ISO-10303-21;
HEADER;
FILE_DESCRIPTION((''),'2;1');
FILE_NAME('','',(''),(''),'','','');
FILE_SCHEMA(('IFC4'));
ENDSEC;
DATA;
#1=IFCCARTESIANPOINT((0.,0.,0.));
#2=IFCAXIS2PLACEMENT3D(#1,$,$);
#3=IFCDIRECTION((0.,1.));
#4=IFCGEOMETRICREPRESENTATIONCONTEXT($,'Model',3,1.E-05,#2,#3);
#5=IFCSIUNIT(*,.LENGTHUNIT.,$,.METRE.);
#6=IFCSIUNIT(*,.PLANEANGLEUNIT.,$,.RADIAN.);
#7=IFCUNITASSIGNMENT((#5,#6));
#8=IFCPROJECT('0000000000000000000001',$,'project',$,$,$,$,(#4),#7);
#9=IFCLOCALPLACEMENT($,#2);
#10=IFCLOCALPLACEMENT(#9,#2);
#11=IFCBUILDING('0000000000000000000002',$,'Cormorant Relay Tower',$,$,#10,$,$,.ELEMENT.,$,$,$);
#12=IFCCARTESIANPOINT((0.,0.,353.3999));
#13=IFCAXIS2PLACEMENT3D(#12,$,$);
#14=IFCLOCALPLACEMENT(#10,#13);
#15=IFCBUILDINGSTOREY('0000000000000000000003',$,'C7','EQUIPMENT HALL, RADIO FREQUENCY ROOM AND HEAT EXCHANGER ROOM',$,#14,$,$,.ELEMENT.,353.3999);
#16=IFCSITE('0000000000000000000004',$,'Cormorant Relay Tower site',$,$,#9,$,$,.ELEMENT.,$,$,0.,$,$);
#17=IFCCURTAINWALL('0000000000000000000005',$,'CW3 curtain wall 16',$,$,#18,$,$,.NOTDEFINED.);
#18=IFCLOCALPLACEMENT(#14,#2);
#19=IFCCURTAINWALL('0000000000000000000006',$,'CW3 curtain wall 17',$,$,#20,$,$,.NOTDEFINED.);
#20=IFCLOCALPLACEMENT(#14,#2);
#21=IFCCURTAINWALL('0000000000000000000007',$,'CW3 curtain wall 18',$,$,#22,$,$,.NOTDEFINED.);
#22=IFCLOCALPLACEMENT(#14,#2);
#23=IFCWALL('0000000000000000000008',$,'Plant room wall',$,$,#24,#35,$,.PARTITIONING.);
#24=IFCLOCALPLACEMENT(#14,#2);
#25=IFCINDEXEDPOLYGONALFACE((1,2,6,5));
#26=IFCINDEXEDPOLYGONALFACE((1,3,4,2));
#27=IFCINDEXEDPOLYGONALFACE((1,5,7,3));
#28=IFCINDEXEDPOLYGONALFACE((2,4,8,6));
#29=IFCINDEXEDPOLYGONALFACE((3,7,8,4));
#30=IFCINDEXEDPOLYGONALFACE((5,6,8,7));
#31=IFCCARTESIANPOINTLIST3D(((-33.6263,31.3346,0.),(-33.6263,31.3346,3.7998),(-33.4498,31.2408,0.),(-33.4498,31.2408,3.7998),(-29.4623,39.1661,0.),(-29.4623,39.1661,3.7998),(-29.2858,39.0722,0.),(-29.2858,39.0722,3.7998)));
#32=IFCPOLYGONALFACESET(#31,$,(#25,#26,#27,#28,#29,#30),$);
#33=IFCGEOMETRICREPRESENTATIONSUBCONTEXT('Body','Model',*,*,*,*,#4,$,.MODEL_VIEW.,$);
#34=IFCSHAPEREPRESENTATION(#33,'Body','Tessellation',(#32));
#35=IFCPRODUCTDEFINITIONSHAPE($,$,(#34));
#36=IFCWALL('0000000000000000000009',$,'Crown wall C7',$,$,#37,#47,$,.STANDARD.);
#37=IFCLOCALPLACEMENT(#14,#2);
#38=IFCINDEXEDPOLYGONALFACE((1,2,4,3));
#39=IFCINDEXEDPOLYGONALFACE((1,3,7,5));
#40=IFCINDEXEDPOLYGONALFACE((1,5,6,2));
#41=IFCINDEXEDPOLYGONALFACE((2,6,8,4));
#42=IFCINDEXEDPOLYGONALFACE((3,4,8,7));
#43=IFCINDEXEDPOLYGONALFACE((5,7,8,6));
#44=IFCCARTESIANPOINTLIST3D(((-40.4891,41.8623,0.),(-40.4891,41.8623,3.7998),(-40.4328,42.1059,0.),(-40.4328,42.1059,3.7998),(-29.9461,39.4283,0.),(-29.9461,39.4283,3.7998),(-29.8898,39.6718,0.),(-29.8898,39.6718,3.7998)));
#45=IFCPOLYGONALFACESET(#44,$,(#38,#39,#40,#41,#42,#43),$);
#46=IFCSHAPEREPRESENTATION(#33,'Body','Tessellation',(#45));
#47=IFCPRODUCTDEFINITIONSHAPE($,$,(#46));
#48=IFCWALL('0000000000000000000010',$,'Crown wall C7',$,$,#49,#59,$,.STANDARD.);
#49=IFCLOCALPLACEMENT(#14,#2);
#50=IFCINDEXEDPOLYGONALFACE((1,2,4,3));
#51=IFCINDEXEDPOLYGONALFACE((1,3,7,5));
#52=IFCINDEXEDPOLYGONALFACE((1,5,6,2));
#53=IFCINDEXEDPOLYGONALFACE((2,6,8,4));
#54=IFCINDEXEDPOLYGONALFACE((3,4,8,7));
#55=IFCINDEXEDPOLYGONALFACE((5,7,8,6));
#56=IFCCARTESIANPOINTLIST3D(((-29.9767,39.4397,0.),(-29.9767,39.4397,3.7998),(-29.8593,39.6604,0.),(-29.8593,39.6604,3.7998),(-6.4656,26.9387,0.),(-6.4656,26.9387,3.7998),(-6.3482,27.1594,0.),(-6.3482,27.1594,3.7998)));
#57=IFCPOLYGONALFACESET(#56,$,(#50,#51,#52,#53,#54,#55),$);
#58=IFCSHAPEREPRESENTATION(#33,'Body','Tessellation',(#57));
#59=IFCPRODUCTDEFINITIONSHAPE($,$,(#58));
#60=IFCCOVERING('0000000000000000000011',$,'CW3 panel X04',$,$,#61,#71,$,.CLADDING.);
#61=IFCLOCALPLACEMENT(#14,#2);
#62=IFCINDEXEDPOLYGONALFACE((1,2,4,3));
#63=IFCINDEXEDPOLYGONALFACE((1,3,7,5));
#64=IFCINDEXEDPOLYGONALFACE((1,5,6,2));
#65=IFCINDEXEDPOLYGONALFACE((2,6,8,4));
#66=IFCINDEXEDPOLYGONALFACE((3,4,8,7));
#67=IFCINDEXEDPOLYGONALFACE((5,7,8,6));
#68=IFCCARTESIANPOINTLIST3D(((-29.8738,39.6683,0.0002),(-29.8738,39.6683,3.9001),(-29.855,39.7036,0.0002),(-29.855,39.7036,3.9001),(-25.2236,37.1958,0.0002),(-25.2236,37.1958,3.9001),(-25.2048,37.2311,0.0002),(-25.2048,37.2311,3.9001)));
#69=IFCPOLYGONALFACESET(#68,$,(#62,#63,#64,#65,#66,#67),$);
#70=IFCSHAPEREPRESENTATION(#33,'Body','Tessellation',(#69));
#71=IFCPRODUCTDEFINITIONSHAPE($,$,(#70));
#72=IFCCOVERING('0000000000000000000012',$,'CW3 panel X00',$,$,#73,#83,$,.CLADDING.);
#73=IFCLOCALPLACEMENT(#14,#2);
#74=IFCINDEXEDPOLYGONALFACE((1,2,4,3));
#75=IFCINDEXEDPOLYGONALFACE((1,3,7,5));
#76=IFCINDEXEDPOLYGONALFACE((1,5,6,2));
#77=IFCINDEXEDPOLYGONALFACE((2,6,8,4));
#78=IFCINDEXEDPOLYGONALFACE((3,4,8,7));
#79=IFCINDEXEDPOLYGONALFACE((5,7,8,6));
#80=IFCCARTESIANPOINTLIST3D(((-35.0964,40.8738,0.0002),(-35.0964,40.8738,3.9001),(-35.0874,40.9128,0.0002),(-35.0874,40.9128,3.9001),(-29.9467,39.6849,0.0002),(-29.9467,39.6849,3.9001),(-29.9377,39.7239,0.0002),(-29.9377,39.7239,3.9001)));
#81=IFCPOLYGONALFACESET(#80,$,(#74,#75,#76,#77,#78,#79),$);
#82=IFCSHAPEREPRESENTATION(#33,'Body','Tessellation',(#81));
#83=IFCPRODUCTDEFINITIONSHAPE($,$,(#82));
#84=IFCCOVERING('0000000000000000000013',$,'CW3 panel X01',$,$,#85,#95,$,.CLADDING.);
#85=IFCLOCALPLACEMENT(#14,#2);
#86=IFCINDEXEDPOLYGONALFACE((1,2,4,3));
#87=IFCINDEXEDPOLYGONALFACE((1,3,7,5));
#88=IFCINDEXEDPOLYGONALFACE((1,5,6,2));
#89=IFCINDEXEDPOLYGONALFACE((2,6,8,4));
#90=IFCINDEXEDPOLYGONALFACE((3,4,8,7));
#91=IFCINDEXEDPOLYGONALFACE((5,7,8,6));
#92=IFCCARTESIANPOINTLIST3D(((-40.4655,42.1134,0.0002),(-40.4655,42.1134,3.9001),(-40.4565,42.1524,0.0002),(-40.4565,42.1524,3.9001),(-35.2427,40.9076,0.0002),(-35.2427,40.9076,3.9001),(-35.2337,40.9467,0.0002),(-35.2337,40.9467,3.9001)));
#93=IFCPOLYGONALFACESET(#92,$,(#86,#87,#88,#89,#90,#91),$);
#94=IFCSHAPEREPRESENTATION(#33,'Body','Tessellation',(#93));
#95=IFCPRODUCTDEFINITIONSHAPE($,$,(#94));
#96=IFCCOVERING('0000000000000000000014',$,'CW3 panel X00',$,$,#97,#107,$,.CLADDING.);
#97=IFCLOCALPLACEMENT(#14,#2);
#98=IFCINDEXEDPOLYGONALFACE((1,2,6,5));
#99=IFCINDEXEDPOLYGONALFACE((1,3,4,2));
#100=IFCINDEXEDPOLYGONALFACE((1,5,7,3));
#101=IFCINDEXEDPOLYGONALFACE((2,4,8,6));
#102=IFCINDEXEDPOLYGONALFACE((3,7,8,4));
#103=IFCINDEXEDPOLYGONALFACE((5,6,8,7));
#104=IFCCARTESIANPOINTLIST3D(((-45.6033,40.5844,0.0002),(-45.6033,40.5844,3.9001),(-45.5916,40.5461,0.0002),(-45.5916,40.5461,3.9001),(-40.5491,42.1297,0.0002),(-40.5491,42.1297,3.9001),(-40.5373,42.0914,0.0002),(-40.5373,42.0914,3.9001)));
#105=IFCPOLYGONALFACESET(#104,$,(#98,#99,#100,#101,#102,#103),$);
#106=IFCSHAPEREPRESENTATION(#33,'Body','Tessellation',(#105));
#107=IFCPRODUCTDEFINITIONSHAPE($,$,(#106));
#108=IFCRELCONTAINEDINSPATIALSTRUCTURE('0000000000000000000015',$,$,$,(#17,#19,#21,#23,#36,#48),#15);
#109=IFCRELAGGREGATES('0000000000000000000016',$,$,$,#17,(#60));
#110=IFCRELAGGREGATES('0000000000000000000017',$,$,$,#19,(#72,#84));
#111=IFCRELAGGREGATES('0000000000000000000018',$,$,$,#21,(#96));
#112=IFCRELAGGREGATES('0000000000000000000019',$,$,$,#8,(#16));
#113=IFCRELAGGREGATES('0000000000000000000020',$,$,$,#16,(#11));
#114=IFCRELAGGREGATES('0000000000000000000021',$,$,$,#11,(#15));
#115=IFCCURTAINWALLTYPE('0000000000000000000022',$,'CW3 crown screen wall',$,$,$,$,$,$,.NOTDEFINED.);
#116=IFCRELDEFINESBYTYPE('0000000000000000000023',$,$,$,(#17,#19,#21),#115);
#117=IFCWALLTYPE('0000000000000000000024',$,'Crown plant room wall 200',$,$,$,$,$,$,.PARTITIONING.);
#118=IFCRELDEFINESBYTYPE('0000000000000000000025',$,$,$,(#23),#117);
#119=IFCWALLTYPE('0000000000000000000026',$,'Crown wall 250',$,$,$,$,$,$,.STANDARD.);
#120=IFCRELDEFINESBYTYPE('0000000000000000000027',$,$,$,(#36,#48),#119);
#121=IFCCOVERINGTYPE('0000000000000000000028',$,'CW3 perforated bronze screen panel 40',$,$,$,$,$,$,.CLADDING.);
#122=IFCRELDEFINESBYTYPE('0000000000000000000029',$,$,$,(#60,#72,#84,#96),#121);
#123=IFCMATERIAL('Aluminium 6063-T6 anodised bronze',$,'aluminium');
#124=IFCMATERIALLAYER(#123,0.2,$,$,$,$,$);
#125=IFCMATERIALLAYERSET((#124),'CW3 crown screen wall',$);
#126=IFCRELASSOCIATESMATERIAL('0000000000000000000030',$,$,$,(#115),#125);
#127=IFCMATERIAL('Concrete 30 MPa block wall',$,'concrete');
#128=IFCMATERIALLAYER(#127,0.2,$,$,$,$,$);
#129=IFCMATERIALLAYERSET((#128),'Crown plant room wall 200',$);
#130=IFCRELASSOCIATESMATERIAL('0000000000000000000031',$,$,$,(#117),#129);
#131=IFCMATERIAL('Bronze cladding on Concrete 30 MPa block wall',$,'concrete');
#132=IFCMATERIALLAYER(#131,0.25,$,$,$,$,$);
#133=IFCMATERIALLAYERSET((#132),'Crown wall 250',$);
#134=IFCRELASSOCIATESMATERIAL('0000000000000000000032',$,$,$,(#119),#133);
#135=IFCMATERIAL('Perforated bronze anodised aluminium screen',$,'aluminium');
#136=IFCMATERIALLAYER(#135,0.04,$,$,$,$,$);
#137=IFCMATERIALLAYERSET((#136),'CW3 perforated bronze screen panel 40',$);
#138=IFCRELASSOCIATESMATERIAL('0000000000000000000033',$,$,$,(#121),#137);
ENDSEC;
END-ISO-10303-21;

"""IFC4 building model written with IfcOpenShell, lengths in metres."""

from ifc_helpers import new_model, si_unit, direction, frame, frame_2d, origin, origin_2d, place, context, subcontext, project, spatial, rectangle, extrude, material, layer, layer_set, type_object, element, aggregate, save


model = new_model("IFC4")

# Units and contexts
model_context = context("Model", 3, precision=1e-05, world=origin(), true_north=direction((0.0, 1.0)))
body_context = subcontext(model_context, "Body", "Model", "MODEL_VIEW")
ifc_project = project(units=[si_unit("LENGTHUNIT", "METRE"), si_unit("PLANEANGLEUNIT", "RADIAN")], contexts=[model_context])

# Site, building, storey
site_placement = place(None, origin())
site = spatial("IfcSite", under=ifc_project, at=site_placement, Name="Cormorant Relay Tower site", CompositionType="ELEMENT", RefElevation=0.0)
building_placement = place(site_placement, origin())
building = spatial("IfcBuilding", under=site, at=building_placement, Name="Cormorant Relay Tower", CompositionType="ELEMENT")
storey_placement = place(building_placement, frame((0.0, 0.0, 353.3999)))
storey = spatial("IfcBuildingStorey", under=building, at=storey_placement, Name="C7", Description="EQUIPMENT HALL, RADIO FREQUENCY ROOM AND HEAT EXCHANGER ROOM", CompositionType="ELEMENT", Elevation=353.3999)

# Curtain wall
ifc_material_1 = material(Name="Aluminium 6063-T6 anodised bronze", Category="aluminium")
ifc_layer_1 = layer(ifc_material_1, 0.2)
ifc_layer_set_1 = layer_set([ifc_layer_1], Name="CW3 crown screen wall")
curtain_wall_type = type_object("IfcCurtainWallType", Name="CW3 crown screen wall", PredefinedType="NOTDEFINED", material=ifc_layer_set_1)
curtain_wall_1_placement = place(storey_placement, origin())
curtain_wall_1 = element("IfcCurtainWall", 1, at=curtain_wall_1_placement, inside=storey, type_object=curtain_wall_type, Name="CW3 curtain wall 16", PredefinedType="NOTDEFINED")

# Curtain walls
curtain_wall_2_placement = place(storey_placement, origin())
curtain_wall_2 = element("IfcCurtainWall", 2, at=curtain_wall_2_placement, inside=storey, type_object=curtain_wall_type, Name="CW3 curtain wall 17", PredefinedType="NOTDEFINED")
curtain_wall_3_placement = place(storey_placement, origin())
curtain_wall_3 = element("IfcCurtainWall", 3, at=curtain_wall_3_placement, inside=storey, type_object=curtain_wall_type, Name="CW3 curtain wall 18", PredefinedType="NOTDEFINED")

# Shared definitions
ifc_material_2 = material(Name="Concrete 30 MPa block wall", Category="concrete")
ifc_layer_2 = layer(ifc_material_2, 0.2)
ifc_layer_set_2 = layer_set([ifc_layer_2], Name="Crown plant room wall 200")
wall_type_1 = type_object("IfcWallType", Name="Crown plant room wall 200", PredefinedType="PARTITIONING", material=ifc_layer_set_2)

# Walls
wall_1_placement = place(storey_placement, frame((-29.374, 39.1191, 0.0), z_axis=(0.0, 0.0, 1.0), x_axis=(-0.469468, -0.88295, 0.0)))
element("IfcWall", 4, at=wall_1_placement, inside=storey, type_object=wall_type_1, Name="Plant room wall", PredefinedType="PARTITIONING", context=body_context, shape_type="SweptSolid", body=[
    extrude(rectangle(XDim=8.8696, YDim=0.2, at=frame_2d((4.4348, 0.0))), origin(), (0.0, 0.0, 1.0), 3.7998),
])
ifc_material_3 = material(Name="Bronze cladding on Concrete 30 MPa block wall", Category="concrete")
ifc_layer_3 = layer(ifc_material_3, 0.25)
ifc_layer_set_3 = layer_set([ifc_layer_3], Name="Crown wall 250")
wall_type_2 = type_object("IfcWallType", Name="Crown wall 250", PredefinedType="STANDARD", material=ifc_layer_set_3)
wall_2_placement = place(storey_placement, frame((-40.4609, 41.9841, 0.0), z_axis=(0.0, 0.0, 1.0), x_axis=(0.974369, -0.224955, 0.0)))
element("IfcWall", 5, at=wall_2_placement, inside=storey, type_object=wall_type_2, Name="Crown wall C7", PredefinedType="STANDARD", context=body_context, shape_type="SweptSolid", body=[
    extrude(rectangle(XDim=10.8203, YDim=0.25, at=frame_2d((5.4102, 0.0))), origin(), (0.0, 0.0, 1.0), 3.7998),
])
wall_3_placement = place(storey_placement, frame((-29.918, 39.55, 0.0), z_axis=(0.0, 0.0, 1.0), x_axis=(0.882948, -0.46947, 0.0)))
element("IfcWall", 6, at=wall_3_placement, inside=storey, type_object=wall_type_2, Name="Crown wall C7", PredefinedType="STANDARD", context=body_context, shape_type="SweptSolid", body=[
    extrude(rectangle(XDim=26.6279, YDim=0.25, at=frame_2d((13.314, 0.0))), origin(), (0.0, 0.0, 1.0), 3.7998),
])

# Coverings
ifc_material_4 = material(Name="Perforated bronze anodised aluminium screen", Category="aluminium")
ifc_layer_4 = layer(ifc_material_4, 0.04)
ifc_layer_set_4 = layer_set([ifc_layer_4], Name="CW3 perforated bronze screen panel 40")
covering_type = type_object("IfcCoveringType", Name="CW3 perforated bronze screen panel 40", PredefinedType="CLADDING", material=ifc_layer_set_4)
covering_1_placement = place(storey_placement, frame((-27.5393, 38.4497, 0.0002), z_axis=(0.0, 0.0, 1.0), x_axis=(-0.882948, 0.469472, 0.0)))
covering_1 = element("IfcCovering", 7, at=covering_1_placement, type_object=covering_type, Name="CW3 panel X04", PredefinedType="CLADDING", context=body_context, shape_type="SweptSolid", body=[
    extrude(rectangle(XDim=5.2666, YDim=0.04, at=origin_2d()), origin(), (0.0, 0.0, 1.0), 3.8999),
])
aggregate(curtain_wall_1, [covering_1])
covering_2_placement = place(storey_placement, frame((-32.5171, 40.2988, 0.0002), z_axis=(0.0, 0.0, 1.0), x_axis=(-0.97437, 0.224951, 0.0)))
covering_2 = element("IfcCovering", 8, at=covering_2_placement, type_object=covering_type, Name="CW3 panel X00", PredefinedType="CLADDING", context=body_context, shape_type="SweptSolid", body=[
    extrude(rectangle(XDim=5.2852, YDim=0.04, at=origin_2d()), origin(), (0.0, 0.0, 1.0), 3.8999),
])
covering_3_placement = place(storey_placement, frame((-37.8496, 41.53, 0.0002), z_axis=(0.0, 0.0, 1.0), x_axis=(-0.97437, 0.224951, 0.0)))
covering_3 = element("IfcCovering", 9, at=covering_3_placement, type_object=covering_type, Name="CW3 panel X01", PredefinedType="CLADDING", context=body_context, shape_type="SweptSolid", body=[
    extrude(rectangle(XDim=5.3601, YDim=0.04, at=origin_2d()), origin(), (0.0, 0.0, 1.0), 3.8999),
])
aggregate(curtain_wall_2, [covering_2, covering_3])
covering_4_placement = place(storey_placement, frame((-43.0703, 41.3379, 0.0002), z_axis=(0.0, 0.0, 1.0), x_axis=(-0.956305, -0.292372, 0.0)))
covering_4 = element("IfcCovering", 10, at=covering_4_placement, type_object=covering_type, Name="CW3 panel X00", PredefinedType="CLADDING", context=body_context, shape_type="SweptSolid", body=[
    extrude(rectangle(XDim=5.2852, YDim=0.04, at=origin_2d()), origin(), (0.0, 0.0, 1.0), 3.8999),
])
aggregate(curtain_wall_3, [covering_4])

save(model, "model.ifc")
